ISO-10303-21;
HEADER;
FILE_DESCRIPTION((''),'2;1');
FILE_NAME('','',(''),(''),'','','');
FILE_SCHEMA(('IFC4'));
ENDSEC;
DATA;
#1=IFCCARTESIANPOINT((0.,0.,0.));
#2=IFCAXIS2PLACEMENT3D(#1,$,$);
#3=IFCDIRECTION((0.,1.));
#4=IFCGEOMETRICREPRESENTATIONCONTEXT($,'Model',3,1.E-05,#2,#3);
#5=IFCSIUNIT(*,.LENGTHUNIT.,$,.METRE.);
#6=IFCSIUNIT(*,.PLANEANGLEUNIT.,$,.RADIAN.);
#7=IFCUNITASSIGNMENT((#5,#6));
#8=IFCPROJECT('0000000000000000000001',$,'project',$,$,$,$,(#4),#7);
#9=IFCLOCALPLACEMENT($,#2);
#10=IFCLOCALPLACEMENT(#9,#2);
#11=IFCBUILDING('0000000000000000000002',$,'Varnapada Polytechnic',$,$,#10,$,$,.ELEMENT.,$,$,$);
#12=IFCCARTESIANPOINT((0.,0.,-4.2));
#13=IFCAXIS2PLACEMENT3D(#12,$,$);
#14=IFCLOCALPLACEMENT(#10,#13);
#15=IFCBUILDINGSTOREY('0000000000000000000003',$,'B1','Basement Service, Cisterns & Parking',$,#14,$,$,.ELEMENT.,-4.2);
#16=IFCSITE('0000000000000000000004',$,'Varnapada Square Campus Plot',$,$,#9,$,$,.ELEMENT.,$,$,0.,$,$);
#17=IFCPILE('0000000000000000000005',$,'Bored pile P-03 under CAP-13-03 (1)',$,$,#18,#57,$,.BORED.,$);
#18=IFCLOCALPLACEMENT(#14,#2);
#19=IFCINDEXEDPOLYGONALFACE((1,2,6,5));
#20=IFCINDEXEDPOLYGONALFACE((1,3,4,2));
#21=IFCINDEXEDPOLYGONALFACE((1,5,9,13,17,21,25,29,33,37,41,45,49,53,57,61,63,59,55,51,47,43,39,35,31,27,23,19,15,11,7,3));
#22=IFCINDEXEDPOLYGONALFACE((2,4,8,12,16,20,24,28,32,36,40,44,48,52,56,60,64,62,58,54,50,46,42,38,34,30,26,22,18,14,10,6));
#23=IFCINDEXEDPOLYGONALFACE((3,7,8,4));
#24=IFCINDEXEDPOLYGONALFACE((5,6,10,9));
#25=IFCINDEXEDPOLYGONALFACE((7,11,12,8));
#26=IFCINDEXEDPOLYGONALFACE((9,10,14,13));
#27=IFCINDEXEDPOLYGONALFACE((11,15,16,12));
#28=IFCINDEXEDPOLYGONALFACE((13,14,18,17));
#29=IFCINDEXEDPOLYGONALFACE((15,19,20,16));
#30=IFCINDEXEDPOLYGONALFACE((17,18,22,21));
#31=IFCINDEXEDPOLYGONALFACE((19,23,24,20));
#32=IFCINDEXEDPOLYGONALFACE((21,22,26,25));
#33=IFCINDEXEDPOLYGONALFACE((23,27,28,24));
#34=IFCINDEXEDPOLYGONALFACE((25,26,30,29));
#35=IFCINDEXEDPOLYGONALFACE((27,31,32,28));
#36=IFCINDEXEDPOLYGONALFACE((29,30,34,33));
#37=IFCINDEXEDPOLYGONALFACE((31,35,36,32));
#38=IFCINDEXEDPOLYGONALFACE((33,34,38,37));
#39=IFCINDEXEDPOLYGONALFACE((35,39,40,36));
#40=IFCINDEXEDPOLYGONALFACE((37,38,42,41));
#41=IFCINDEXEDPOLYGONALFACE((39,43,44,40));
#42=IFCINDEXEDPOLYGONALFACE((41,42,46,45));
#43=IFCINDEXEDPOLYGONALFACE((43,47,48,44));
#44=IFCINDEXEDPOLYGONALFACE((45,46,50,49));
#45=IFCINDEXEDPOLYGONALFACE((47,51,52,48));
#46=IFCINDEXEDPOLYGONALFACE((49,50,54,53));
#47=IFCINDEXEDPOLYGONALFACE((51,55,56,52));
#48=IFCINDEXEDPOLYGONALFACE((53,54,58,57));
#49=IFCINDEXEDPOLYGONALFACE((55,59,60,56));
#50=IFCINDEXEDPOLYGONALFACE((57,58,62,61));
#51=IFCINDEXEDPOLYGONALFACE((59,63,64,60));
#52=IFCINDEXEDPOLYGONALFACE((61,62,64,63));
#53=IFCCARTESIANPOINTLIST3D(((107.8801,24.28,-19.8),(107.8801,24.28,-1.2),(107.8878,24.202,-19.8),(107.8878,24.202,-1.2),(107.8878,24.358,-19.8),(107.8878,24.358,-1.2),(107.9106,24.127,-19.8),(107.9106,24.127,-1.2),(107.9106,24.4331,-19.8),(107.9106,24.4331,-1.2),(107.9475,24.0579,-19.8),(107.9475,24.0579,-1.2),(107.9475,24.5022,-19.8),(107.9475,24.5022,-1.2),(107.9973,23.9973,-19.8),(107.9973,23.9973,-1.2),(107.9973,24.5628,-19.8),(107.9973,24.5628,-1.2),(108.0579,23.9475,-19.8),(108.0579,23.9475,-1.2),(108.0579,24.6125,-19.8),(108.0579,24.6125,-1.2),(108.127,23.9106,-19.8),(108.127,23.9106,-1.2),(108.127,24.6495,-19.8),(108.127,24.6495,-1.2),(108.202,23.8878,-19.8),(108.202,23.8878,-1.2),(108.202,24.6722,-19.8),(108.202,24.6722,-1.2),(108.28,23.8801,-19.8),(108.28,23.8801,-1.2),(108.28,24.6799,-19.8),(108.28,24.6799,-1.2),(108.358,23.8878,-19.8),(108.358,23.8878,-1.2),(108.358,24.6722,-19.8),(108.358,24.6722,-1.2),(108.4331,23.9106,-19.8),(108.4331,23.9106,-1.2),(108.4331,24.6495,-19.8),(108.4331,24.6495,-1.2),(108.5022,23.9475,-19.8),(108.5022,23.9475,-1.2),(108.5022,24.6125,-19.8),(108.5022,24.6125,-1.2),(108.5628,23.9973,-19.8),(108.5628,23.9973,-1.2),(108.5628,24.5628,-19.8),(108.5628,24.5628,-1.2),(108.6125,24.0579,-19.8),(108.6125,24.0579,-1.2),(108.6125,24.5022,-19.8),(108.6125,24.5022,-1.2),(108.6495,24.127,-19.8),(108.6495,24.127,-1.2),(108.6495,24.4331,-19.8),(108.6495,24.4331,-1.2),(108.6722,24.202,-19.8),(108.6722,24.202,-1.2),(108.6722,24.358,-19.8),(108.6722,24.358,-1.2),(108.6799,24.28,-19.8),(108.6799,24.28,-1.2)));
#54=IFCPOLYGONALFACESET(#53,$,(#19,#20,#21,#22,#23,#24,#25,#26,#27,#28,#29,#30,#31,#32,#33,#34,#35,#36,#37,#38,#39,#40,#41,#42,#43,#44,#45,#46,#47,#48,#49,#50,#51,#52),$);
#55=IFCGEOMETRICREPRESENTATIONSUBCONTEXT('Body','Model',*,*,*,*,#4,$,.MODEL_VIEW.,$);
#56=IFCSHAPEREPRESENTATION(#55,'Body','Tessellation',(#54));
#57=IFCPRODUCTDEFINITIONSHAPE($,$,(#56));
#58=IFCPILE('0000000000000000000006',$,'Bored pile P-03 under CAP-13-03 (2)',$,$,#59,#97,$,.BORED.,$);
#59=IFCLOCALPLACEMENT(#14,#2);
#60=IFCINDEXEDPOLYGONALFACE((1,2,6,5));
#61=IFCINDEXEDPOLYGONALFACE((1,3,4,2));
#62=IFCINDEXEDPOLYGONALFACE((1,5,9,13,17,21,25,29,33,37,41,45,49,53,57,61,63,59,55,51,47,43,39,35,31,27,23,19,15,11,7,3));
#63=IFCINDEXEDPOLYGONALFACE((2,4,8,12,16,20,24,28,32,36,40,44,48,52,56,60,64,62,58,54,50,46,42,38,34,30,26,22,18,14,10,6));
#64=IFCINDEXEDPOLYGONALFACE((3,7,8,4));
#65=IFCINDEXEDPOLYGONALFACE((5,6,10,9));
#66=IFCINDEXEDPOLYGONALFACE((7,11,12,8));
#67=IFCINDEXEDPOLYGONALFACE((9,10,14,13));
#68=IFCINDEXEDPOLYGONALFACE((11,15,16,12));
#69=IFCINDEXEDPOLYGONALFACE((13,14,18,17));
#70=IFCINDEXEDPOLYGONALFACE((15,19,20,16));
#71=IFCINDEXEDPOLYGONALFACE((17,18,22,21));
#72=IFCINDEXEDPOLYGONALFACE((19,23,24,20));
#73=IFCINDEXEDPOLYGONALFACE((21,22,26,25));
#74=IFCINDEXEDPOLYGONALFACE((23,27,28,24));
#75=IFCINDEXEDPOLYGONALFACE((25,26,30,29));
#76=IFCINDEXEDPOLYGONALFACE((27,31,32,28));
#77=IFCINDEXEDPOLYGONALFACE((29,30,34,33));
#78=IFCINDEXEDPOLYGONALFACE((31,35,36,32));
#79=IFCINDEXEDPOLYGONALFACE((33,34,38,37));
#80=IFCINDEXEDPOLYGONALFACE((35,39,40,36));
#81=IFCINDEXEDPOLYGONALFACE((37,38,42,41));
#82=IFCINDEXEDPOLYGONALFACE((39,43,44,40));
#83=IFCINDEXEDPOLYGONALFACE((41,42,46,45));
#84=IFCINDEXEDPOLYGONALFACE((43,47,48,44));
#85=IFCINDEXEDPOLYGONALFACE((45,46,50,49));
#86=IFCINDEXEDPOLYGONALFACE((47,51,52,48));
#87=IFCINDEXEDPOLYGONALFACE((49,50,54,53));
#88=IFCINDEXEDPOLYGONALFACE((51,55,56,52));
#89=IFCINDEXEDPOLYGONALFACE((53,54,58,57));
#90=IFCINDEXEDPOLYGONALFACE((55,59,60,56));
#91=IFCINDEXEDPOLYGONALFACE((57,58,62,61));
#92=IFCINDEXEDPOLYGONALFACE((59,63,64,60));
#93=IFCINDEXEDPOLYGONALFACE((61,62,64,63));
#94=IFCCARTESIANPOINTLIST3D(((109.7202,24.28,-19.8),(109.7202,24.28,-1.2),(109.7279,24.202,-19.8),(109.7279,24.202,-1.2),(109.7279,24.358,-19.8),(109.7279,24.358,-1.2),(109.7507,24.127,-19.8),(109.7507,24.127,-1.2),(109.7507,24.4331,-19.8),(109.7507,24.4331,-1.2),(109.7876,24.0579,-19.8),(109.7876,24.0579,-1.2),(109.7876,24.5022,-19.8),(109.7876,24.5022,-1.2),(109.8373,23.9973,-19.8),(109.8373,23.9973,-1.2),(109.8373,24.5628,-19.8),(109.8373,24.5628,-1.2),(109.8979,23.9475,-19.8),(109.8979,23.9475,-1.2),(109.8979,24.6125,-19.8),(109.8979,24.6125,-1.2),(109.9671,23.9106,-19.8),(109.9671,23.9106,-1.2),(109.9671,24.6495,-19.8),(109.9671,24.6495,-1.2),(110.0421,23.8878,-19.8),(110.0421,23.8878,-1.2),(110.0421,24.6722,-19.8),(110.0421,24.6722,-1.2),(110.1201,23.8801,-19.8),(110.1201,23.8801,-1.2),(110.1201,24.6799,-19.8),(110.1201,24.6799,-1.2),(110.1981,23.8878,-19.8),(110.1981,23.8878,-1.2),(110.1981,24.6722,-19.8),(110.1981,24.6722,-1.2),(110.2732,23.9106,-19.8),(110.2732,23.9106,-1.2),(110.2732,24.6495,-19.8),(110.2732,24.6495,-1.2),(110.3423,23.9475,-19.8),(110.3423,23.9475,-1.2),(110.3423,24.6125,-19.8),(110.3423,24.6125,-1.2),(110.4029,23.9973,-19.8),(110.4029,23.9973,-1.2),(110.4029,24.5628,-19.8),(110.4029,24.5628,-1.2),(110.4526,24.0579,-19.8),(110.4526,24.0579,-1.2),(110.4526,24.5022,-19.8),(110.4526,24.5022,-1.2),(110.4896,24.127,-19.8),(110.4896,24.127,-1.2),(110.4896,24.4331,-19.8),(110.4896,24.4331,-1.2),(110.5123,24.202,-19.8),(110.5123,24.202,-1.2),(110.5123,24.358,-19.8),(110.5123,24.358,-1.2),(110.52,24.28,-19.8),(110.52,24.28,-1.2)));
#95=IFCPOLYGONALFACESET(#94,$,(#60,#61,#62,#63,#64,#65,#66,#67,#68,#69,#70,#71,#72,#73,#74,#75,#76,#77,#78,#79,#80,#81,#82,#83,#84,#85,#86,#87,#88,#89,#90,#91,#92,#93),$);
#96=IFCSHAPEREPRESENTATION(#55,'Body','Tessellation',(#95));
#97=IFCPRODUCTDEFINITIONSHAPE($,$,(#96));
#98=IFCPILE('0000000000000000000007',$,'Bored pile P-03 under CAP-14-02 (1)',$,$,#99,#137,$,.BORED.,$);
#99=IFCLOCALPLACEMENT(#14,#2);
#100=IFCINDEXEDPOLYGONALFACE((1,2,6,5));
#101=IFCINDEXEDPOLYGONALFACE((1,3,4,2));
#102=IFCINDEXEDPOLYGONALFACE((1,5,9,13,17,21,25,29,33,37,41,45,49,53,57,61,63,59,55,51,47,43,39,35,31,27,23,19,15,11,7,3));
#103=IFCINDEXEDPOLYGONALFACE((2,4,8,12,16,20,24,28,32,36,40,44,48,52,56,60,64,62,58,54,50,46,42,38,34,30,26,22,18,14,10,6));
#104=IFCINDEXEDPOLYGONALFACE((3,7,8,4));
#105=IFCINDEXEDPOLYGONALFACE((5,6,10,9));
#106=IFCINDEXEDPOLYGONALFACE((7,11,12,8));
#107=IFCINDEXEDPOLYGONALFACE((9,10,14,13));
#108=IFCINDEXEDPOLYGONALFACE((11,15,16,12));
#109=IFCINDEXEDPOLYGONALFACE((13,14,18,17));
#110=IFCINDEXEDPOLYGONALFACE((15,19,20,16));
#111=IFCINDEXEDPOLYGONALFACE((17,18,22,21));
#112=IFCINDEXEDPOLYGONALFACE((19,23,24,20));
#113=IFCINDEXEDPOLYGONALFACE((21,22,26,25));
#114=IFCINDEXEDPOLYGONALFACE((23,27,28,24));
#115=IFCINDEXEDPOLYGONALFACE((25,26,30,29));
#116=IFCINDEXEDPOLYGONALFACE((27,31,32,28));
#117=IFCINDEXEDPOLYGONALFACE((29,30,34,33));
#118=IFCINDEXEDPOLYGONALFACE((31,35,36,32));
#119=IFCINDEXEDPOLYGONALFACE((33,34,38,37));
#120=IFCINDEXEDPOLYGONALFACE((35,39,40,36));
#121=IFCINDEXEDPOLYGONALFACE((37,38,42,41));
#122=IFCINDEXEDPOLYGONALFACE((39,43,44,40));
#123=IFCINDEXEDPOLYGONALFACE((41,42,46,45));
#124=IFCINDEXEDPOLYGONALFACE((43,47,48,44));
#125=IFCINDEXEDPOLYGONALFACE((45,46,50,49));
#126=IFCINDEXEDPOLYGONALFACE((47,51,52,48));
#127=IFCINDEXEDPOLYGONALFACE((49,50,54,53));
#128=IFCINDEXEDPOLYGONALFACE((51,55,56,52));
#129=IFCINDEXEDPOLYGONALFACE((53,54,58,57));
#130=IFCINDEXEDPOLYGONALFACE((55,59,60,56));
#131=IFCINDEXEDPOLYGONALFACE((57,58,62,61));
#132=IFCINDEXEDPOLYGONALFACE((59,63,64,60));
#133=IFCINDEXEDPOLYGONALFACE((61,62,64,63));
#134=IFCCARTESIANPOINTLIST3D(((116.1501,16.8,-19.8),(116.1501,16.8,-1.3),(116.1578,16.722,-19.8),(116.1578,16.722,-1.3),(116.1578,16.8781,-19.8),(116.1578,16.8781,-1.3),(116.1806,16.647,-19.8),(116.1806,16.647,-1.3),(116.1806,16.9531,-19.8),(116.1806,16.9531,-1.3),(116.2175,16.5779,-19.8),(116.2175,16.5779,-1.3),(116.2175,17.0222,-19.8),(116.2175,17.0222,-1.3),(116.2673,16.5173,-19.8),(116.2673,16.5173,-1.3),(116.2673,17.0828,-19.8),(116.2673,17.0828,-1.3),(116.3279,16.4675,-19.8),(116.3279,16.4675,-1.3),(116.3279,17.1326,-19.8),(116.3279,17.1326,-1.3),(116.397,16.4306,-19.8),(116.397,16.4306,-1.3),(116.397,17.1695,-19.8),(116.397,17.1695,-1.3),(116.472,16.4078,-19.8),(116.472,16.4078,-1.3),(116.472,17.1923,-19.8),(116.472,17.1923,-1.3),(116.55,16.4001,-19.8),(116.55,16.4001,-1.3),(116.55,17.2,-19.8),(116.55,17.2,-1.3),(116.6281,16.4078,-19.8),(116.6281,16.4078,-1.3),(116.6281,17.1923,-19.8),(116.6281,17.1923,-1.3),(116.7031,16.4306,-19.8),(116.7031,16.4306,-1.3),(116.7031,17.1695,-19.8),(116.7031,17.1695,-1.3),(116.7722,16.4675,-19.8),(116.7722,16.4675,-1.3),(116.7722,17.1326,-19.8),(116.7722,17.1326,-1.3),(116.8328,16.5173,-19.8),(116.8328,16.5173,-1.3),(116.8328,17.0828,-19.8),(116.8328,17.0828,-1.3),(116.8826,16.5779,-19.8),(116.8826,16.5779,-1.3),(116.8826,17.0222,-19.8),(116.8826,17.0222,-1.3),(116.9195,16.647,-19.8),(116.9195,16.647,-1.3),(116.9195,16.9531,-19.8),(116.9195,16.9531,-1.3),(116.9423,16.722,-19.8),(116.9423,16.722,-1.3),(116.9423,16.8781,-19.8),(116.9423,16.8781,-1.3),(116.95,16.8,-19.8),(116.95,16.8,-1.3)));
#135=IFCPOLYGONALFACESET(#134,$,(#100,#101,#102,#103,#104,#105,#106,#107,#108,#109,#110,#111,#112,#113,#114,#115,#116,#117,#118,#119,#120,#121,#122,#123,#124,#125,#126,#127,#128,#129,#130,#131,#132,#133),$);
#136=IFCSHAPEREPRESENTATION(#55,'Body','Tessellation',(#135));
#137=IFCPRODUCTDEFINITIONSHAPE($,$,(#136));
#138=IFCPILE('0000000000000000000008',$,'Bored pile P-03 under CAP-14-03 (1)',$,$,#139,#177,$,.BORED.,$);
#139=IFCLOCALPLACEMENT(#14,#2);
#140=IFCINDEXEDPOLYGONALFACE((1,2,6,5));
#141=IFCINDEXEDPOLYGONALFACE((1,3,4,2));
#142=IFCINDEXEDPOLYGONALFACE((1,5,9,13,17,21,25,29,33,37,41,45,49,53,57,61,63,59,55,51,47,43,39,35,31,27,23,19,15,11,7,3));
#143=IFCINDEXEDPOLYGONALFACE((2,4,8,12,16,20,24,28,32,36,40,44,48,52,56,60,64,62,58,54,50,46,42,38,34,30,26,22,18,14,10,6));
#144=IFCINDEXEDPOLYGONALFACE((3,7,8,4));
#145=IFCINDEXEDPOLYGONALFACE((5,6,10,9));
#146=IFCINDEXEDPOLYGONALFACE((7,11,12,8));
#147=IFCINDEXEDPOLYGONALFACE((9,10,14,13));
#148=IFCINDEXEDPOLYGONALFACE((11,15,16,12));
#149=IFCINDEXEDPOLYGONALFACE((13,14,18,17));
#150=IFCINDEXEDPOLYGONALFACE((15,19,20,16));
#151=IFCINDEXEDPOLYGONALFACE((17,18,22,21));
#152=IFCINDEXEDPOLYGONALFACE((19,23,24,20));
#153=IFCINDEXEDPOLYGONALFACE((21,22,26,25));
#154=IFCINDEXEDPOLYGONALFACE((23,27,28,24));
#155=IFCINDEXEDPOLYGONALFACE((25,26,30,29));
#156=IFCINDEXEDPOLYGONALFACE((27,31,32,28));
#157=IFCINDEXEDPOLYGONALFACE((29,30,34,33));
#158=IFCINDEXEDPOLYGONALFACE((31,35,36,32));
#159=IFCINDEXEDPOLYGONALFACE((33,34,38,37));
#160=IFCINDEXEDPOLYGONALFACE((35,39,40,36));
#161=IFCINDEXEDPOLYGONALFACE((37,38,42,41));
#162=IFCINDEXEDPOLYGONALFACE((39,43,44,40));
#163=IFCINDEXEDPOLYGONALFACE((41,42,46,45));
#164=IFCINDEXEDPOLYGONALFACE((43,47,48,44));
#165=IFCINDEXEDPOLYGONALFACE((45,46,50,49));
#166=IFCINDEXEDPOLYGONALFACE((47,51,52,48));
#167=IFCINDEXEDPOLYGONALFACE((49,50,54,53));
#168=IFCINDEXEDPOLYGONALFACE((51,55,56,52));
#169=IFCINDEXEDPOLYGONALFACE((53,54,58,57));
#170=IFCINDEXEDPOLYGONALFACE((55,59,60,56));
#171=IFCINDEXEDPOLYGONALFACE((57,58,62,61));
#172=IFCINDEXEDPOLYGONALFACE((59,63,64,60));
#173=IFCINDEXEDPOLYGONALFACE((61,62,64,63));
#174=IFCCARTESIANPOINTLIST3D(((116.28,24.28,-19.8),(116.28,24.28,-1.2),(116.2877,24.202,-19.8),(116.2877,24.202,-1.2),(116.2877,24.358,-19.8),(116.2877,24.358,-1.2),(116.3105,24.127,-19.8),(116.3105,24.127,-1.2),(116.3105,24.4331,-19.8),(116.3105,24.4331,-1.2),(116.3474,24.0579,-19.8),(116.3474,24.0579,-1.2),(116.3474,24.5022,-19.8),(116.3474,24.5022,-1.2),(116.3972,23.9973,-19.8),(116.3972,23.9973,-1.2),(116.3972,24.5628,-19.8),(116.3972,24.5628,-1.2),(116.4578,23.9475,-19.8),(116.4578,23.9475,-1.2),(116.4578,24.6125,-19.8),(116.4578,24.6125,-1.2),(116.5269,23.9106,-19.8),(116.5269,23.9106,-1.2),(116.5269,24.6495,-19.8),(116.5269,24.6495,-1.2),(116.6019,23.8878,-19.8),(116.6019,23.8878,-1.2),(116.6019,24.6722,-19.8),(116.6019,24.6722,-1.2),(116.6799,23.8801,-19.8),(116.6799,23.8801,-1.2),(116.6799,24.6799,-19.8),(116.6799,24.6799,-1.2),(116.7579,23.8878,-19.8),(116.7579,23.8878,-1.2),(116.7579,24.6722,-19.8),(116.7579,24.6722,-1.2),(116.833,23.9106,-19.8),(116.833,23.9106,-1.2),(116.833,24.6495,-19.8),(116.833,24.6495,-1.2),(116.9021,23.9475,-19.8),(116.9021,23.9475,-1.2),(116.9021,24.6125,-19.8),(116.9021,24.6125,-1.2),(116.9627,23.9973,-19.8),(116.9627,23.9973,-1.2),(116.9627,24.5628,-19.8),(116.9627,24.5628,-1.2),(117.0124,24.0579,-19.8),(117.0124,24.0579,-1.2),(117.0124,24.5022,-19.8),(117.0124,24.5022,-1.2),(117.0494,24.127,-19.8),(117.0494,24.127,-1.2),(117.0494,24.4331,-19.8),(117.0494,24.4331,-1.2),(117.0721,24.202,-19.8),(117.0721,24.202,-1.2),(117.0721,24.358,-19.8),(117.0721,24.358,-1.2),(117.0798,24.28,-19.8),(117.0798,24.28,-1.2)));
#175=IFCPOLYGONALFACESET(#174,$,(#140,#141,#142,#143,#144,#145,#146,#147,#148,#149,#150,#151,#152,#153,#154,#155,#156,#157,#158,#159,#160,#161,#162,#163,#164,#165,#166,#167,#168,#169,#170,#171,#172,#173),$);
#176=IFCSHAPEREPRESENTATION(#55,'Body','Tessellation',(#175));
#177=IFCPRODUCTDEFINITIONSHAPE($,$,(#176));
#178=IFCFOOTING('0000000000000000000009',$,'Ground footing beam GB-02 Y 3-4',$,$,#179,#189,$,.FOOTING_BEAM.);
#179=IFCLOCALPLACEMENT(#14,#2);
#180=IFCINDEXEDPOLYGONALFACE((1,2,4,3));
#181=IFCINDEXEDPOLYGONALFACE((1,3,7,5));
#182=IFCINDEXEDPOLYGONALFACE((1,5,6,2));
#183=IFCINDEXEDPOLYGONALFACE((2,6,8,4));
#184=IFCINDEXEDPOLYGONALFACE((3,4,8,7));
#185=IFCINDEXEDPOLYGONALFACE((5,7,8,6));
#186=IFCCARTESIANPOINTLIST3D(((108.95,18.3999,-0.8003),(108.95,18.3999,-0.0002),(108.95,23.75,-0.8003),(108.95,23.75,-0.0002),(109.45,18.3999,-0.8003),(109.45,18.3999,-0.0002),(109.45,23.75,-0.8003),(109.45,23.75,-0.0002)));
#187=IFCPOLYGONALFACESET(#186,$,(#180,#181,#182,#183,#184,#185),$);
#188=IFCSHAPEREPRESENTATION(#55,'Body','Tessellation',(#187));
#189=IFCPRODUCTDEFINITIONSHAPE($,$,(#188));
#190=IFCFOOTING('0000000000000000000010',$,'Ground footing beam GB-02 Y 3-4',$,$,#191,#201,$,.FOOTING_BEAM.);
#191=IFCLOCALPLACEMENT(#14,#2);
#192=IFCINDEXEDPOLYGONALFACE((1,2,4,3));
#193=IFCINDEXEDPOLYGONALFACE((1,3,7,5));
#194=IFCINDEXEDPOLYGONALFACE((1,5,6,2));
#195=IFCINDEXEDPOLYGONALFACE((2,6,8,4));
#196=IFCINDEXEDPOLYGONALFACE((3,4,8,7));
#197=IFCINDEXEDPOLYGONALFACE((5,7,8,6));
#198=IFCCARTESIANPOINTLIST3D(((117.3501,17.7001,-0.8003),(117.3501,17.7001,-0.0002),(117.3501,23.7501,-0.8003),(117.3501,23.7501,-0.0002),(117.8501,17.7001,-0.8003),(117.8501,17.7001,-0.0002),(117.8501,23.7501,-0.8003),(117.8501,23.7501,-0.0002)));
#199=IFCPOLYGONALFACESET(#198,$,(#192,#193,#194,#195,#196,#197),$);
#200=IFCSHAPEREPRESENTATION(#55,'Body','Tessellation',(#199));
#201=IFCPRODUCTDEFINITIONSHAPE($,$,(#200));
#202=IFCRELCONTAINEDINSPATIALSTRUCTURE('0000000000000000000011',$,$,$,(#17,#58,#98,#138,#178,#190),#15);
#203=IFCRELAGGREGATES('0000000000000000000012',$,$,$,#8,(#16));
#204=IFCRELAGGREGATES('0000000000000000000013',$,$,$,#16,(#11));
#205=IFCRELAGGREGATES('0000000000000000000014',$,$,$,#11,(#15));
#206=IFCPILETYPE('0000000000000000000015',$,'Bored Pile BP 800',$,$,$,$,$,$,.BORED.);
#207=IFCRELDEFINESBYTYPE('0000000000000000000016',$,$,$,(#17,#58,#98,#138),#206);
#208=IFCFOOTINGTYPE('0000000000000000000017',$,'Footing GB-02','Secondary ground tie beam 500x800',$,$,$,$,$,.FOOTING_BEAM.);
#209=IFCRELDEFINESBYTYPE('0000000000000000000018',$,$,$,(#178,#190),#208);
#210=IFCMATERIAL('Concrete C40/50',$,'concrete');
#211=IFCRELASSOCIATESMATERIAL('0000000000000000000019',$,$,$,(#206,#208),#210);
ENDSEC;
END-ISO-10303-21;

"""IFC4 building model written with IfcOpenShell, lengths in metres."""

from ifc_helpers import new_model, si_unit, direction, frame, origin, origin_2d, place, context, subcontext, project, spatial, rectangle, circle, extrude, material, material_profile, profile_set, type_object, element, save


model = new_model("IFC4")

# Units and contexts
model_context = context("Model", 3, precision=1e-05, world=origin(), true_north=direction((0.0, 1.0)))
body_context = subcontext(model_context, "Body", "Model", "MODEL_VIEW")
ifc_project = project(units=[si_unit("LENGTHUNIT", "METRE"), si_unit("PLANEANGLEUNIT", "RADIAN")], contexts=[model_context])

# Site, building, storey
site_placement = place(None, origin())
site = spatial("IfcSite", under=ifc_project, at=site_placement, Name="Varnapada Square Campus Plot", CompositionType="ELEMENT", RefElevation=0.0)
building_placement = place(site_placement, origin())
building = spatial("IfcBuilding", under=site, at=building_placement, Name="Varnapada Polytechnic", CompositionType="ELEMENT")
storey_placement = place(building_placement, frame((0.0, 0.0, -4.2)))
storey = spatial("IfcBuildingStorey", under=building, at=storey_placement, Name="B1", Description="Basement Service, Cisterns & Parking", CompositionType="ELEMENT", Elevation=-4.2)

# Piles
ifc_material_1 = material(Name="Concrete C40/50", Category="concrete")
ifc_material_profile_1 = material_profile(ifc_material_1, circle(Radius=0.3999, at=origin_2d()), Name="BP 800")
ifc_profile_set_1 = profile_set([ifc_material_profile_1], Name="Concrete C40/50")
pile_type = type_object("IfcPileType", Name="Bored Pile BP 800", PredefinedType="BORED", material=ifc_profile_set_1)
for number, where, z_axis, x_axis, name in (
    (1, (108.28, 24.28, -1.2), (0.0, 0.0, -1.0), (1.0, 0.0, 0.0), "Bored pile P-03 under CAP-13-03 (1)"),
    (2, (110.1201, 24.28, -1.2), (0.0, 0.0, -1.0), (1.0, 0.0, 0.0), "Bored pile P-03 under CAP-13-03 (2)"),
):
    element("IfcPile", number, at=place(storey_placement, frame(where, z_axis=z_axis, x_axis=x_axis)), inside=storey, type_object=pile_type, Name=name, PredefinedType="BORED", context=body_context, shape_type="SweptSolid", body=[
        extrude(circle(Radius=0.3999, at=origin_2d()), origin(), (0.0, 0.0, 1.0), 18.6001),
    ])
pile_1_placement = place(storey_placement, frame((116.55, 16.8, -1.3), z_axis=(0.0, 0.0, -1.0), x_axis=(1.0, 0.0, 0.0)))
element("IfcPile", 3, at=pile_1_placement, inside=storey, type_object=pile_type, Name="Bored pile P-03 under CAP-14-02 (1)", PredefinedType="BORED", context=body_context, shape_type="SweptSolid", body=[
    extrude(circle(Radius=0.3999, at=origin_2d()), origin(), (0.0, 0.0, 1.0), 18.5),
])
pile_2_placement = place(storey_placement, frame((116.6799, 24.28, -1.2), z_axis=(0.0, 0.0, -1.0), x_axis=(1.0, 0.0, 0.0)))
element("IfcPile", 4, at=pile_2_placement, inside=storey, type_object=pile_type, Name="Bored pile P-03 under CAP-14-03 (1)", PredefinedType="BORED", context=body_context, shape_type="SweptSolid", body=[
    extrude(circle(Radius=0.3999, at=origin_2d()), origin(), (0.0, 0.0, 1.0), 18.6001),
])

# Footings
footing_type_1 = type_object("IfcFootingType", Name="Footing GB-02", Description="Secondary ground tie beam 500x800", PredefinedType="FOOTING_BEAM", material=ifc_material_1)
footing_1_placement = place(storey_placement, frame((109.2, 21.075, -0.8003), z_axis=(0.0, 0.0, 1.0), x_axis=(0.0, 1.0, 0.0)))
element("IfcFooting", 5, at=footing_1_placement, inside=storey, type_object=footing_type_1, Name="Ground footing beam GB-02 Y 3-4", PredefinedType="FOOTING_BEAM", context=body_context, shape_type="SweptSolid", body=[
    extrude(rectangle(XDim=5.3501, YDim=0.5, at=origin_2d()), origin(), (0.0, 0.0, 1.0), 0.8),
])
footing_2_placement = place(storey_placement, frame((117.6001, 20.7251, -0.8003), z_axis=(0.0, 0.0, 1.0), x_axis=(0.0, 1.0, 0.0)))
element("IfcFooting", 6, at=footing_2_placement, inside=storey, type_object=footing_type_1, Name="Ground footing beam GB-02 Y 3-4", PredefinedType="FOOTING_BEAM", context=body_context, shape_type="SweptSolid", body=[
    extrude(rectangle(XDim=6.05, YDim=0.5, at=origin_2d()), origin(), (0.0, 0.0, 1.0), 0.8),
])

save(model, "model.ifc")
